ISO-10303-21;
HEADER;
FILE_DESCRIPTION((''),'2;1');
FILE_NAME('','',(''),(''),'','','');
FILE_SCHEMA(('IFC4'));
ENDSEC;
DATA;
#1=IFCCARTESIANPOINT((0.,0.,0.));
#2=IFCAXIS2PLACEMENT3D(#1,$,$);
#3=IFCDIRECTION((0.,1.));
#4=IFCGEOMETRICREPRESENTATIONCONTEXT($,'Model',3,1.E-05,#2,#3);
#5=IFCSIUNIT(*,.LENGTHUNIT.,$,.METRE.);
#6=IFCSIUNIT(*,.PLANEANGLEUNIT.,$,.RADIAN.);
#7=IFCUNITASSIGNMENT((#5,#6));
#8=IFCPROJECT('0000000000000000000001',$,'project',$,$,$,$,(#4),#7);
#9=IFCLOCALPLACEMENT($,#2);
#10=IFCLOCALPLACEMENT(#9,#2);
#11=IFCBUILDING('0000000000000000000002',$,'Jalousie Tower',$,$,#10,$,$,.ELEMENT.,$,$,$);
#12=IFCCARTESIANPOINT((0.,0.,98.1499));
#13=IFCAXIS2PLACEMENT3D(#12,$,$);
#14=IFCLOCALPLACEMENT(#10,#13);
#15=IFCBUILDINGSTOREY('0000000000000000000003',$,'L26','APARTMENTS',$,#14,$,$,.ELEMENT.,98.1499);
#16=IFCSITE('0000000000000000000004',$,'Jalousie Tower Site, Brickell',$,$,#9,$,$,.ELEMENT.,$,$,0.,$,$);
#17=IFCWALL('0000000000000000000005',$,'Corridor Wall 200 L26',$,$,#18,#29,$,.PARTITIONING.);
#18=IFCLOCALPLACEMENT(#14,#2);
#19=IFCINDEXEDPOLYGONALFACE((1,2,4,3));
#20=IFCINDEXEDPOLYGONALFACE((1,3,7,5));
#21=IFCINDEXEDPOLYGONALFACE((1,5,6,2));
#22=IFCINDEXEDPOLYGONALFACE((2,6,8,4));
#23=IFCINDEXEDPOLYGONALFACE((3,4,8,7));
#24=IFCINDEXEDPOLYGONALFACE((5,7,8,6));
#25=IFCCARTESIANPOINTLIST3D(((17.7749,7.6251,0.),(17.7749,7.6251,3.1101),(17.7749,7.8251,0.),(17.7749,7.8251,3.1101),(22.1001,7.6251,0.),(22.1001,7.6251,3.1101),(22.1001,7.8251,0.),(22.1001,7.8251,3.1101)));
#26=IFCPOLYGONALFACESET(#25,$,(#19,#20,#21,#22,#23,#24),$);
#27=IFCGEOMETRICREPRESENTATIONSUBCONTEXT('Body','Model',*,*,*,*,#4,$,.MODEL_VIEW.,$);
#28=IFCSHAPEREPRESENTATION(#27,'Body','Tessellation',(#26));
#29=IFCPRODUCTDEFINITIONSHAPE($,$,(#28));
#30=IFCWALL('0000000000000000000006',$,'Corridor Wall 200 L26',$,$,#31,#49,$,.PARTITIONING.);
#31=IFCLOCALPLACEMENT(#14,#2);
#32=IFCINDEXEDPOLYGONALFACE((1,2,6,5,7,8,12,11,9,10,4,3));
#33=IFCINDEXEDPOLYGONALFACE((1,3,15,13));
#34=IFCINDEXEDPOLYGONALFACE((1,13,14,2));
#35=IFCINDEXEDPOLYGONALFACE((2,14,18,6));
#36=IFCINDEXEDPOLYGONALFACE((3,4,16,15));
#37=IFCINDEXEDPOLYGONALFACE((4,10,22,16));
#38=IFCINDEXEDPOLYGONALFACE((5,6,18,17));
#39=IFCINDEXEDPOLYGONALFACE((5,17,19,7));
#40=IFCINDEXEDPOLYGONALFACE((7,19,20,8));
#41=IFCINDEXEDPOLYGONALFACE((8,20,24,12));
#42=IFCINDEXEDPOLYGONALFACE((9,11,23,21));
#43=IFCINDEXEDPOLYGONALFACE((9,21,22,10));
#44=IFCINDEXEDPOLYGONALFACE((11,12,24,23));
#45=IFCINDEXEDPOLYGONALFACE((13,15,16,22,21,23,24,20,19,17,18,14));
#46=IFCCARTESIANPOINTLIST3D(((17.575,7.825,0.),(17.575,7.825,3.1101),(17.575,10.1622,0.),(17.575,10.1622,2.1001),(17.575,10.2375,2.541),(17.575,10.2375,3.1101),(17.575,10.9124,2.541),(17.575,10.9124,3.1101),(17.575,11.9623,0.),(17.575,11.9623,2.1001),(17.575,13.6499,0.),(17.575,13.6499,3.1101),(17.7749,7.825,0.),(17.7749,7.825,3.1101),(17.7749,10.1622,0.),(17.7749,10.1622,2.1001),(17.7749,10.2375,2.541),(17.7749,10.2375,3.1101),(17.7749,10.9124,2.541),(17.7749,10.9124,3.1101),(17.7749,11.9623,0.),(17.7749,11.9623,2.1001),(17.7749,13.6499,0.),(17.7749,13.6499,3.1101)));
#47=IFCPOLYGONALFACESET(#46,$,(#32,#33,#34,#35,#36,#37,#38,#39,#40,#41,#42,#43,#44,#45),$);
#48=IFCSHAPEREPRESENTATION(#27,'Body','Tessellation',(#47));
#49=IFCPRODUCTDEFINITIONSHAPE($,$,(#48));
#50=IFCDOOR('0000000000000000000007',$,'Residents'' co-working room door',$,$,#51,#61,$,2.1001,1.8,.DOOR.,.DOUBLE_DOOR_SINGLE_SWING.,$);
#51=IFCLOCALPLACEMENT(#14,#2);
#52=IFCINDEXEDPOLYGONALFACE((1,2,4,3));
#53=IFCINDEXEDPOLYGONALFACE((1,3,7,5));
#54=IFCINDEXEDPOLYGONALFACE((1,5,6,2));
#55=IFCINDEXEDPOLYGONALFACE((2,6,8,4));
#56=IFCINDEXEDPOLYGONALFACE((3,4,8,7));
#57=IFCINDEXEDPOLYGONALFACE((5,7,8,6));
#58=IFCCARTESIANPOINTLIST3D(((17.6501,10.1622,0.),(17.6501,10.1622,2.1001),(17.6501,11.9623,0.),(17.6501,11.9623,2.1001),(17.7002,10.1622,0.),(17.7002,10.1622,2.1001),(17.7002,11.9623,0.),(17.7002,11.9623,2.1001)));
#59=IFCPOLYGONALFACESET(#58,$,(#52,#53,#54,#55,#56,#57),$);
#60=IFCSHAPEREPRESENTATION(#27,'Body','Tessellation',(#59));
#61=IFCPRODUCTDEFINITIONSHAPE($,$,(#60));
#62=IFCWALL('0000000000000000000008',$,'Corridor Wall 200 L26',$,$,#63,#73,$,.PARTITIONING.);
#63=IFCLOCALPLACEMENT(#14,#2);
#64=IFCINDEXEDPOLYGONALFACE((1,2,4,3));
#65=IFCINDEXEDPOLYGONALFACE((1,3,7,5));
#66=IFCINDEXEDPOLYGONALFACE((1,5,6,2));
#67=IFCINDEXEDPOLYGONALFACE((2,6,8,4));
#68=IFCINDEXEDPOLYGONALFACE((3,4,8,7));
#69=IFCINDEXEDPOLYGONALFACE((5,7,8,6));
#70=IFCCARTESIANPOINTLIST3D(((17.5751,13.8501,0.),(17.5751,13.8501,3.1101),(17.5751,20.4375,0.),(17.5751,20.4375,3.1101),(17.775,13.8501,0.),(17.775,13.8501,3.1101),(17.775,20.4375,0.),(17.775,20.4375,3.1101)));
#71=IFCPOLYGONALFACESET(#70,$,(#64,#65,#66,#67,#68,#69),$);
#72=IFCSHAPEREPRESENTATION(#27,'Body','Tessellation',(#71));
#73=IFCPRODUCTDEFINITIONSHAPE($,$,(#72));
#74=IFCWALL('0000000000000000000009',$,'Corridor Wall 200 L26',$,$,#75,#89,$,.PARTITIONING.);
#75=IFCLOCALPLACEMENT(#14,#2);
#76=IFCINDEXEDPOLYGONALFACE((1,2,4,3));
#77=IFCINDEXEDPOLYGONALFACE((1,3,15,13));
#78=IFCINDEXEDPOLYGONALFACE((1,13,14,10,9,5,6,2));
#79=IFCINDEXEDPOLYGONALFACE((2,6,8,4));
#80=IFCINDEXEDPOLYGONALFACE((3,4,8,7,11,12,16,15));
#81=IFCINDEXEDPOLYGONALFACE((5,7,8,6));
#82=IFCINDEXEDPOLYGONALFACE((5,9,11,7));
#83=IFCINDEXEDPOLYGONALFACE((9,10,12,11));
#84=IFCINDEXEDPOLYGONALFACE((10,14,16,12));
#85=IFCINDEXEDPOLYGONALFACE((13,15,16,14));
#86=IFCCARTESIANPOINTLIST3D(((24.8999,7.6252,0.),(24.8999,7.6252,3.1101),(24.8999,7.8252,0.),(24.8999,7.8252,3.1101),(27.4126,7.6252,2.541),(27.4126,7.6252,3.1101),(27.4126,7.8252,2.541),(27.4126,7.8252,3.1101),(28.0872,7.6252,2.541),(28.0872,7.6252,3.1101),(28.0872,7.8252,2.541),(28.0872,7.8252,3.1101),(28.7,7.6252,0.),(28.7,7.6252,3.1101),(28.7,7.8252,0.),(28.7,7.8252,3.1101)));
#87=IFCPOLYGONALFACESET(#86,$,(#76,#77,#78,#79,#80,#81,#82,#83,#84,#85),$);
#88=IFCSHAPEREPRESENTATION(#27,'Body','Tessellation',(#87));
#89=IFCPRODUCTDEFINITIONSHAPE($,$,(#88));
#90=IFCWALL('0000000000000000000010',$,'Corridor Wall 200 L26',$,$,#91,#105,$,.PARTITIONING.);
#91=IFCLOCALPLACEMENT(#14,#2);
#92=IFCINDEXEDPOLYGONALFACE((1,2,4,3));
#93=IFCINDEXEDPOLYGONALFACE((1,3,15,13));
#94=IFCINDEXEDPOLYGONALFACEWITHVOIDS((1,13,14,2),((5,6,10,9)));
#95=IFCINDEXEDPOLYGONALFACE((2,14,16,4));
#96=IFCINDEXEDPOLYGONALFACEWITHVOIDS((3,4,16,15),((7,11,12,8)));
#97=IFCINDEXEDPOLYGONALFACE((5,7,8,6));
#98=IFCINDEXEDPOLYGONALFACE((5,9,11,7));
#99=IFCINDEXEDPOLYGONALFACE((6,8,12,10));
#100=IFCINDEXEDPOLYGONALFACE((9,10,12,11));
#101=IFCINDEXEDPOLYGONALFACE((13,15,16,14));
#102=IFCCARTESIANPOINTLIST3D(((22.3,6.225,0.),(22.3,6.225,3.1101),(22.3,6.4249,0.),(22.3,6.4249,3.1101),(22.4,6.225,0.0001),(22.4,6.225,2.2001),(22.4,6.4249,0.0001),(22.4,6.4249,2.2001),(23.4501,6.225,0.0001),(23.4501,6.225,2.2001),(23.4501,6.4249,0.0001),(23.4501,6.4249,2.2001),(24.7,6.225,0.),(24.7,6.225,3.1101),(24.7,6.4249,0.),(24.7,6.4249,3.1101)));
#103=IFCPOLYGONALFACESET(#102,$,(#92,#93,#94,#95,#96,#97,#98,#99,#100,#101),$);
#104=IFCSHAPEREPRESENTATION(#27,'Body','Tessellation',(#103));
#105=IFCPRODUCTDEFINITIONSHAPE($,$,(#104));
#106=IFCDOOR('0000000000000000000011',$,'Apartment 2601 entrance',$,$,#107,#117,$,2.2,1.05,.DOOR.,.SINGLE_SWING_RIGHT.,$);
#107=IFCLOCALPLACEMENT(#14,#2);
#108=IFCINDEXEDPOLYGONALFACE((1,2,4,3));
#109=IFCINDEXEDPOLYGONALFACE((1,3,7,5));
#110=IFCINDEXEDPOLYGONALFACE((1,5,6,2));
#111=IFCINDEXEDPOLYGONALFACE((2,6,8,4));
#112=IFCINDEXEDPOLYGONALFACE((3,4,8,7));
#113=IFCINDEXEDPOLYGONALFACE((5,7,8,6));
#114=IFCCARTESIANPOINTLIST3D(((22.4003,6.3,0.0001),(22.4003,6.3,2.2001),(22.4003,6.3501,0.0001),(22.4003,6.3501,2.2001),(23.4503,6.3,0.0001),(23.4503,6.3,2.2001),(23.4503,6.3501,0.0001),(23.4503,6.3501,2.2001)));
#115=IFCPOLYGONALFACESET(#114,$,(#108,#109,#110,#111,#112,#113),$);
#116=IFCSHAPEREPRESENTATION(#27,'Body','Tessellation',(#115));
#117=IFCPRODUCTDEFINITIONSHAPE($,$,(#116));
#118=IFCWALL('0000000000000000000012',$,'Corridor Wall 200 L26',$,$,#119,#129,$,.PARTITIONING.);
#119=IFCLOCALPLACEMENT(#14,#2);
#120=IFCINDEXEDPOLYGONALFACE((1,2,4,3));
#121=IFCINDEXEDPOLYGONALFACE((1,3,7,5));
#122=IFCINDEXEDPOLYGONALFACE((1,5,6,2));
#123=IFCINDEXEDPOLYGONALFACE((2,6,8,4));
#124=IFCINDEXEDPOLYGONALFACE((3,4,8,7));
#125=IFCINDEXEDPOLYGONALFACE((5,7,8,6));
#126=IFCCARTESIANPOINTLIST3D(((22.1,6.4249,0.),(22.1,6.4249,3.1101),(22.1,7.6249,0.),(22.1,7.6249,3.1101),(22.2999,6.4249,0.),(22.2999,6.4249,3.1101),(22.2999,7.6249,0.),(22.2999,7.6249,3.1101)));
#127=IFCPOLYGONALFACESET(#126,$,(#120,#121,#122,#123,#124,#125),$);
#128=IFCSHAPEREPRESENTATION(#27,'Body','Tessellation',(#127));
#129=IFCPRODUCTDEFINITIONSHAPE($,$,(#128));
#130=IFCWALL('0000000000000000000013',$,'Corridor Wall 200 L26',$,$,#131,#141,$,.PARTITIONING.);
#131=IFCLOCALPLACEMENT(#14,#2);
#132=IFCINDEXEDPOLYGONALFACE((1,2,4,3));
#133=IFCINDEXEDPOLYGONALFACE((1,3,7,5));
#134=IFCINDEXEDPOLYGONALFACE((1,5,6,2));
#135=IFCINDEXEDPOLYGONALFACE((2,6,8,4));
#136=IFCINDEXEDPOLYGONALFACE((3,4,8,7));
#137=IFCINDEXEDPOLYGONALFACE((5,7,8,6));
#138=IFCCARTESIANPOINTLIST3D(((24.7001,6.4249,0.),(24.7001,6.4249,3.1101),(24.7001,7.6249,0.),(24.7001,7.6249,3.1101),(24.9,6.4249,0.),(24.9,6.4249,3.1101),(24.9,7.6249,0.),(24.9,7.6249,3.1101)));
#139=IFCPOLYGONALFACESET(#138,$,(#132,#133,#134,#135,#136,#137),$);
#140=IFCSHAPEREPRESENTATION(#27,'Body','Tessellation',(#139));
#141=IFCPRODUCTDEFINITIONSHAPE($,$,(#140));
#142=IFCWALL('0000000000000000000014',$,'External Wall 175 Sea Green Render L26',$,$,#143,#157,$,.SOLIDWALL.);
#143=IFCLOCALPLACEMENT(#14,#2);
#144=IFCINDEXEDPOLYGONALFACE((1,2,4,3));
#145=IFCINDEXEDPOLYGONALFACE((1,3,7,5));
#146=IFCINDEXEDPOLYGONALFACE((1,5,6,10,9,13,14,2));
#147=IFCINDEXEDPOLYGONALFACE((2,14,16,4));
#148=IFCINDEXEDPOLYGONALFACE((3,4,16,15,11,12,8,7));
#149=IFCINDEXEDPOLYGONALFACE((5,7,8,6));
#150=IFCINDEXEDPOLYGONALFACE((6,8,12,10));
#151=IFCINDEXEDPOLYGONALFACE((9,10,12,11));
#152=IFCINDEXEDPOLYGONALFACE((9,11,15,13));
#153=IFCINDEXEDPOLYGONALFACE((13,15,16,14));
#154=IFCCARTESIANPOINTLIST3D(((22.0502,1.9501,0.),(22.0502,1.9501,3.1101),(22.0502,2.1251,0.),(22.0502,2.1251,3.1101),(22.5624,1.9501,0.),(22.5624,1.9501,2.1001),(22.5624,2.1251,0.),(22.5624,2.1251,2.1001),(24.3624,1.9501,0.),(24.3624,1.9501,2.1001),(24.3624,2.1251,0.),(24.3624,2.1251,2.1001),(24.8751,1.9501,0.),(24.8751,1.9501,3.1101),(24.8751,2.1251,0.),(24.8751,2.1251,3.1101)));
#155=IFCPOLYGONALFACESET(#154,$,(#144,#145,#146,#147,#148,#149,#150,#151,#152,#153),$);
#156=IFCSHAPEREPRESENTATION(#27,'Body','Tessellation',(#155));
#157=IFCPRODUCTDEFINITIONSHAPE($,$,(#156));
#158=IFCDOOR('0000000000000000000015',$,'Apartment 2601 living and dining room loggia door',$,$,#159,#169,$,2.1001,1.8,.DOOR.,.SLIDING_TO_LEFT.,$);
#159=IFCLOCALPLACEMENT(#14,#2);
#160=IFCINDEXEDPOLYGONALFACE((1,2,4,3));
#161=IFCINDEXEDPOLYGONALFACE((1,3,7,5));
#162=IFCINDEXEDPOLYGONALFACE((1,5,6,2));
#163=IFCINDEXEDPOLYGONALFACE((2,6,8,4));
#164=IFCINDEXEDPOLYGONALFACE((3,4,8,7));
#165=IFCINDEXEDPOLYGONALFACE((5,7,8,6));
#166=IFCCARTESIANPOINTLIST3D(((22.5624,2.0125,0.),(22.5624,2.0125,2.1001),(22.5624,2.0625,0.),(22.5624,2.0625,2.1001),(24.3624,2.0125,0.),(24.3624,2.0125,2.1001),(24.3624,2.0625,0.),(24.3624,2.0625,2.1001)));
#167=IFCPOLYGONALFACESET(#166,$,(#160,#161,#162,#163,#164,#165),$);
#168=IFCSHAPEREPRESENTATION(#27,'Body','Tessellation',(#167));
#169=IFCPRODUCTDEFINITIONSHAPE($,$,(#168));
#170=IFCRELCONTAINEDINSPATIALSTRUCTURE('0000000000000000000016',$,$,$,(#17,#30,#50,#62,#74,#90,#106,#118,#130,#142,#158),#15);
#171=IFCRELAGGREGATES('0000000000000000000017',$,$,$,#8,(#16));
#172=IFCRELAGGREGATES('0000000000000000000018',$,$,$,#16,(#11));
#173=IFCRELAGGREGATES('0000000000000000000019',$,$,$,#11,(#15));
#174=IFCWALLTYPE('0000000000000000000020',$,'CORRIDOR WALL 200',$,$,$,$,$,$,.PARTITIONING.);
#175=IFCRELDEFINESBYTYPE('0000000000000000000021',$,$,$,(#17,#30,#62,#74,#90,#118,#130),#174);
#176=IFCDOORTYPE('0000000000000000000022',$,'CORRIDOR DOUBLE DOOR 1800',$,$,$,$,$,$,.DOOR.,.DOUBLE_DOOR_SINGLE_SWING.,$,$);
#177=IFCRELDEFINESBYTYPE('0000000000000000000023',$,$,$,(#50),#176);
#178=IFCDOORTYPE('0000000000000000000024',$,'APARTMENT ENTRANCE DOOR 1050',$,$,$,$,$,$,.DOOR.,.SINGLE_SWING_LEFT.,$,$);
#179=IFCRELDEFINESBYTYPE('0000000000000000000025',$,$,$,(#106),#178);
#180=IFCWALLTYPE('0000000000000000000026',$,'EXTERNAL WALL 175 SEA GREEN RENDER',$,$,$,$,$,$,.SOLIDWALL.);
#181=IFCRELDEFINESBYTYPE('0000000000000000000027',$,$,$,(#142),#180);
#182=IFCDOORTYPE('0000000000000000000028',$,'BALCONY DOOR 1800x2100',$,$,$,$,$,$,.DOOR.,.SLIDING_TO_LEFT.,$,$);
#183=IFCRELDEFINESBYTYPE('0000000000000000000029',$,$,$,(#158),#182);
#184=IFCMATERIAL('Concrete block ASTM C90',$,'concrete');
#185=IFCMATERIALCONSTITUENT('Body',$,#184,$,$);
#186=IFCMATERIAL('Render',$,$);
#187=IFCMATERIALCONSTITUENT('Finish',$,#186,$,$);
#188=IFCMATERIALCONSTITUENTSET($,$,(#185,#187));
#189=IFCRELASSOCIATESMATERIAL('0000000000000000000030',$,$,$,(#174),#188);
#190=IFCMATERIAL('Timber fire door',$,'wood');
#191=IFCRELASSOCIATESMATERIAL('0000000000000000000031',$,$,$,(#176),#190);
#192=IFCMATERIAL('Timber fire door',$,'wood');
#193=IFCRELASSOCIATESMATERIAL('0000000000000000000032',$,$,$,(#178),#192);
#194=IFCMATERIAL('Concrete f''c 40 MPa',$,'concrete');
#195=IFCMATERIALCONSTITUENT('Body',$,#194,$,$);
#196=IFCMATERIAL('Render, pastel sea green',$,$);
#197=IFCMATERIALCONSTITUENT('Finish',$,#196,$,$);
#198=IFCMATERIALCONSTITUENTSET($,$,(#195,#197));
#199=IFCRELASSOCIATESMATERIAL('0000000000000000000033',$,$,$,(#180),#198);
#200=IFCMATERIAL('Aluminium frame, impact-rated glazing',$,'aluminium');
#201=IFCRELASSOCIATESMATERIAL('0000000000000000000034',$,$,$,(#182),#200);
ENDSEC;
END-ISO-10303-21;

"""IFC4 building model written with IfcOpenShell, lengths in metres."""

from ifc_helpers import new_model, si_unit, direction, frame, frame_2d, origin, place, context, subcontext, project, spatial, polyline, rectangle, outline, extrude, material, constituent, constituent_set, type_object, element, fill, save


model = new_model("IFC4")

# Units and contexts
model_context = context("Model", 3, precision=1e-05, world=origin(), true_north=direction((0.0, 1.0)))
body_context = subcontext(model_context, "Body", "Model", "MODEL_VIEW")
ifc_project = project(units=[si_unit("LENGTHUNIT", "METRE"), si_unit("PLANEANGLEUNIT", "RADIAN")], contexts=[model_context])

# Site, building, storey
site_placement = place(None, origin())
site = spatial("IfcSite", under=ifc_project, at=site_placement, Name="Jalousie Tower Site, Brickell", CompositionType="ELEMENT", RefElevation=0.0)
building_placement = place(site_placement, origin())
building = spatial("IfcBuilding", under=site, at=building_placement, Name="Jalousie Tower", CompositionType="ELEMENT")
storey_placement = place(building_placement, frame((0.0, 0.0, 98.1499)))
storey = spatial("IfcBuildingStorey", under=building, at=storey_placement, Name="L26", Description="APARTMENTS", CompositionType="ELEMENT", Elevation=98.1499)

# Wall
ifc_material_1 = material(Name="Concrete block ASTM C90", Category="concrete")
ifc_constituent_1 = constituent(ifc_material_1, Name="Body")
ifc_material_2 = material(Name="Render")
ifc_constituent_2 = constituent(ifc_material_2, Name="Finish")
ifc_constituent_set_1 = constituent_set(constituents=[ifc_constituent_1, ifc_constituent_2])
wall_type_1 = type_object("IfcWallType", Name="CORRIDOR WALL 200", PredefinedType="PARTITIONING", material=ifc_constituent_set_1)
wall_1_placement = place(storey_placement, frame((17.7749, 7.7251, 0.0), z_axis=(0.0, 0.0, 1.0), x_axis=(1.0, 0.0, 0.0)))
element("IfcWall", 1, at=wall_1_placement, inside=storey, type_object=wall_type_1, Name="Corridor Wall 200 L26", PredefinedType="PARTITIONING", context=body_context, shape_type="SweptSolid", body=[
    extrude(rectangle(XDim=4.3252, YDim=0.2, at=frame_2d((2.1626, 0.0))), origin(), (0.0, 0.0, 1.0), 3.1101),
])

# Wall, opening, door
wall_2_placement = place(storey_placement, frame((17.675, 7.825, 0.0), z_axis=(0.0, 0.0, 1.0), x_axis=(0.0, 1.0, 0.0)))
wall_2 = element("IfcWall", 2, at=wall_2_placement, inside=storey, type_object=wall_type_1, Name="Corridor Wall 200 L26", PredefinedType="PARTITIONING", context=body_context, shape_type="SweptSolid", body=[
    extrude(outline(polyline([(0.0, 0.0), (5.825, 0.0), (5.825, 3.1101), (3.0874, 3.1101), (3.0874, 2.541), (2.4126, 2.541), (2.4126, 3.1101), (0.0, 3.1101), (0.0, 0.0)])), frame((0.0, 0.1001, 0.0), z_axis=(0.0, -1.0, 0.0), x_axis=(1.0, 0.0, 0.0)), (0.0, 0.0, 1.0), 0.2),
])
opening_1_placement = place(wall_2_placement, frame((2.3374, 0.0, 0.0)))
opening_1 = element("IfcOpeningElement", 3, at=opening_1_placement, cuts=wall_2, PredefinedType="OPENING", context=body_context, shape_type="SweptSolid", body=[
    extrude(rectangle(XDim=1.8, YDim=2.1001, at=frame_2d((0.8999, 1.05))), frame((0.0, 0.1099, 0.0), z_axis=(0.0, -1.0, 0.0), x_axis=(1.0, 0.0, 0.0)), (0.0, 0.0, 1.0), 0.22),
])
ifc_material_3 = material(Name="Timber fire door", Category="wood")
door_type_1 = type_object("IfcDoorType", Name="CORRIDOR DOUBLE DOOR 1800", OperationType="DOUBLE_DOOR_SINGLE_SWING", PredefinedType="DOOR", material=ifc_material_3)
door_1_placement = place(opening_1_placement, origin())
door_1 = element("IfcDoor", 4, at=door_1_placement, inside=storey, type_object=door_type_1, Name="Residents' co-working room door", OperationType="DOUBLE_DOOR_SINGLE_SWING", OverallHeight=2.1001, OverallWidth=1.8, PredefinedType="DOOR", context=body_context, shape_type="SweptSolid", body=[
    extrude(rectangle(XDim=1.8, YDim=2.1001, at=frame_2d((0.8999, 1.05))), frame((0.0, 0.0249, 0.0), z_axis=(0.0, -1.0, 0.0), x_axis=(1.0, 0.0, 0.0)), (0.0, 0.0, 1.0), 0.05),
])
fill(opening_1, door_1)

# Walls
wall_3_placement = place(storey_placement, frame((17.675, 13.8501, 0.0), z_axis=(0.0, 0.0, 1.0), x_axis=(0.0, 1.0, 0.0)))
element("IfcWall", 5, at=wall_3_placement, inside=storey, type_object=wall_type_1, Name="Corridor Wall 200 L26", PredefinedType="PARTITIONING", context=body_context, shape_type="SweptSolid", body=[
    extrude(rectangle(XDim=6.5874, YDim=0.2, at=frame_2d((3.2937, 0.0))), origin(), (0.0, 0.0, 1.0), 3.1101),
])
wall_4_placement = place(storey_placement, frame((24.8999, 7.7251, 0.0), z_axis=(0.0, 0.0, 1.0), x_axis=(1.0, 0.0, 0.0)))
element("IfcWall", 6, at=wall_4_placement, inside=storey, type_object=wall_type_1, Name="Corridor Wall 200 L26", PredefinedType="PARTITIONING", context=body_context, shape_type="SweptSolid", body=[
    extrude(outline(polyline([(0.0, 0.0), (3.8, 0.0), (3.8, 3.1101), (3.1873, 3.1101), (3.1873, 2.541), (2.5127, 2.541), (2.5127, 3.1101), (0.0, 3.1101), (0.0, 0.0)])), frame((0.0, 0.1001, 0.0), z_axis=(0.0, -1.0, 0.0), x_axis=(1.0, 0.0, 0.0)), (0.0, 0.0, 1.0), 0.2),
])

# Wall, opening, door
wall_5_placement = place(storey_placement, frame((22.3, 6.325, 0.0), z_axis=(0.0, 0.0, 1.0), x_axis=(1.0, 0.0, 0.0)))
wall_5 = element("IfcWall", 7, at=wall_5_placement, inside=storey, type_object=wall_type_1, Name="Corridor Wall 200 L26", PredefinedType="PARTITIONING", context=body_context, shape_type="SweptSolid", body=[
    extrude(rectangle(XDim=2.3999, YDim=0.2, at=frame_2d((1.2, 0.0))), origin(), (0.0, 0.0, 1.0), 3.1101),
])
opening_2_placement = place(wall_5_placement, frame((0.1001, 0.0, 0.0)))
opening_2 = element("IfcOpeningElement", 8, at=opening_2_placement, cuts=wall_5, PredefinedType="OPENING", context=body_context, shape_type="SweptSolid", body=[
    extrude(rectangle(XDim=1.05, YDim=2.2, at=frame_2d((0.5249, 1.1001))), frame((0.0, 0.1099, 0.0), z_axis=(0.0, -1.0, 0.0), x_axis=(1.0, 0.0, 0.0)), (0.0, 0.0, 1.0), 0.22),
])
ifc_material_4 = material(Name="Timber fire door", Category="wood")
door_type_2 = type_object("IfcDoorType", Name="APARTMENT ENTRANCE DOOR 1050", OperationType="SINGLE_SWING_LEFT", PredefinedType="DOOR", material=ifc_material_4)
door_2_placement = place(opening_2_placement, frame((1.05, 0.0, 0.0), z_axis=(0.0, 0.0, 1.0), x_axis=(-1.0, 0.0, 0.0)))
door_2 = element("IfcDoor", 9, at=door_2_placement, inside=storey, type_object=door_type_2, Name="Apartment 2601 entrance", OperationType="SINGLE_SWING_RIGHT", OverallHeight=2.2, OverallWidth=1.05, PredefinedType="DOOR", context=body_context, shape_type="SweptSolid", body=[
    extrude(rectangle(XDim=1.05, YDim=2.2, at=frame_2d((0.5249, 1.1001))), frame((0.0, 0.0249, 0.0), z_axis=(0.0, -1.0, 0.0), x_axis=(1.0, 0.0, 0.0)), (0.0, 0.0, 1.0), 0.05),
])
fill(opening_2, door_2)

# Walls
for number, where, z_axis, x_axis, name in (
    (10, (22.2, 7.625, 0.0), (0.0, 0.0, 1.0), (0.0, -1.0, 0.0), "Corridor Wall 200 L26"),
    (11, (24.8, 7.625, 0.0), (0.0, 0.0, 1.0), (0.0, -1.0, 0.0), "Corridor Wall 200 L26"),
):
    element("IfcWall", number, at=place(storey_placement, frame(where, z_axis=z_axis, x_axis=x_axis)), inside=storey, type_object=wall_type_1, Name=name, PredefinedType="PARTITIONING", context=body_context, shape_type="SweptSolid", body=[
        extrude(rectangle(XDim=1.2, YDim=0.2, at=frame_2d((0.6001, 0.0))), origin(), (0.0, 0.0, 1.0), 3.1101),
    ])

# Wall, opening, door
ifc_material_5 = material(Name="Concrete f'c 40 MPa", Category="concrete")
ifc_constituent_3 = constituent(ifc_material_5, Name="Body")
ifc_material_6 = material(Name="Render, pastel sea green")
ifc_constituent_4 = constituent(ifc_material_6, Name="Finish")
ifc_constituent_set_2 = constituent_set(constituents=[ifc_constituent_3, ifc_constituent_4])
wall_type_2 = type_object("IfcWallType", Name="EXTERNAL WALL 175 SEA GREEN RENDER", PredefinedType="SOLIDWALL", material=ifc_constituent_set_2)
wall_6_placement = place(storey_placement, frame((22.05, 2.0376, 0.0), z_axis=(0.0, 0.0, 1.0), x_axis=(1.0, 0.0, 0.0)))
wall_6 = element("IfcWall", 12, at=wall_6_placement, inside=storey, type_object=wall_type_2, Name="External Wall 175 Sea Green Render L26", PredefinedType="SOLIDWALL", context=body_context, shape_type="SweptSolid", body=[
    extrude(rectangle(XDim=2.825, YDim=0.175, at=frame_2d((1.4126, 0.0))), origin(), (0.0, 0.0, 1.0), 3.1101),
])
opening_3_placement = place(wall_6_placement, frame((0.5125, 0.0, 0.0)))
opening_3 = element("IfcOpeningElement", 13, at=opening_3_placement, cuts=wall_6, PredefinedType="OPENING", context=body_context, shape_type="SweptSolid", body=[
    extrude(rectangle(XDim=1.8, YDim=2.1001, at=frame_2d((0.8999, 1.05))), frame((0.0, 0.0974, 0.0), z_axis=(0.0, -1.0, 0.0), x_axis=(1.0, 0.0, 0.0)), (0.0, 0.0, 1.0), 0.1951),
])
ifc_material_7 = material(Name="Aluminium frame, impact-rated glazing", Category="aluminium")
door_type_3 = type_object("IfcDoorType", Name="BALCONY DOOR 1800x2100", OperationType="SLIDING_TO_LEFT", PredefinedType="DOOR", material=ifc_material_7)
door_3_placement = place(opening_3_placement, origin())
door_3 = element("IfcDoor", 14, at=door_3_placement, inside=storey, type_object=door_type_3, Name="Apartment 2601 living and dining room loggia door", OperationType="SLIDING_TO_LEFT", OverallHeight=2.1001, OverallWidth=1.8, PredefinedType="DOOR", context=body_context, shape_type="SweptSolid", body=[
    extrude(rectangle(XDim=1.8, YDim=2.1001, at=frame_2d((0.8999, 1.05))), frame((0.0, 0.0249, 0.0), z_axis=(0.0, -1.0, 0.0), x_axis=(1.0, 0.0, 0.0)), (0.0, 0.0, 1.0), 0.05),
])
fill(opening_3, door_3)

save(model, "model.ifc")
